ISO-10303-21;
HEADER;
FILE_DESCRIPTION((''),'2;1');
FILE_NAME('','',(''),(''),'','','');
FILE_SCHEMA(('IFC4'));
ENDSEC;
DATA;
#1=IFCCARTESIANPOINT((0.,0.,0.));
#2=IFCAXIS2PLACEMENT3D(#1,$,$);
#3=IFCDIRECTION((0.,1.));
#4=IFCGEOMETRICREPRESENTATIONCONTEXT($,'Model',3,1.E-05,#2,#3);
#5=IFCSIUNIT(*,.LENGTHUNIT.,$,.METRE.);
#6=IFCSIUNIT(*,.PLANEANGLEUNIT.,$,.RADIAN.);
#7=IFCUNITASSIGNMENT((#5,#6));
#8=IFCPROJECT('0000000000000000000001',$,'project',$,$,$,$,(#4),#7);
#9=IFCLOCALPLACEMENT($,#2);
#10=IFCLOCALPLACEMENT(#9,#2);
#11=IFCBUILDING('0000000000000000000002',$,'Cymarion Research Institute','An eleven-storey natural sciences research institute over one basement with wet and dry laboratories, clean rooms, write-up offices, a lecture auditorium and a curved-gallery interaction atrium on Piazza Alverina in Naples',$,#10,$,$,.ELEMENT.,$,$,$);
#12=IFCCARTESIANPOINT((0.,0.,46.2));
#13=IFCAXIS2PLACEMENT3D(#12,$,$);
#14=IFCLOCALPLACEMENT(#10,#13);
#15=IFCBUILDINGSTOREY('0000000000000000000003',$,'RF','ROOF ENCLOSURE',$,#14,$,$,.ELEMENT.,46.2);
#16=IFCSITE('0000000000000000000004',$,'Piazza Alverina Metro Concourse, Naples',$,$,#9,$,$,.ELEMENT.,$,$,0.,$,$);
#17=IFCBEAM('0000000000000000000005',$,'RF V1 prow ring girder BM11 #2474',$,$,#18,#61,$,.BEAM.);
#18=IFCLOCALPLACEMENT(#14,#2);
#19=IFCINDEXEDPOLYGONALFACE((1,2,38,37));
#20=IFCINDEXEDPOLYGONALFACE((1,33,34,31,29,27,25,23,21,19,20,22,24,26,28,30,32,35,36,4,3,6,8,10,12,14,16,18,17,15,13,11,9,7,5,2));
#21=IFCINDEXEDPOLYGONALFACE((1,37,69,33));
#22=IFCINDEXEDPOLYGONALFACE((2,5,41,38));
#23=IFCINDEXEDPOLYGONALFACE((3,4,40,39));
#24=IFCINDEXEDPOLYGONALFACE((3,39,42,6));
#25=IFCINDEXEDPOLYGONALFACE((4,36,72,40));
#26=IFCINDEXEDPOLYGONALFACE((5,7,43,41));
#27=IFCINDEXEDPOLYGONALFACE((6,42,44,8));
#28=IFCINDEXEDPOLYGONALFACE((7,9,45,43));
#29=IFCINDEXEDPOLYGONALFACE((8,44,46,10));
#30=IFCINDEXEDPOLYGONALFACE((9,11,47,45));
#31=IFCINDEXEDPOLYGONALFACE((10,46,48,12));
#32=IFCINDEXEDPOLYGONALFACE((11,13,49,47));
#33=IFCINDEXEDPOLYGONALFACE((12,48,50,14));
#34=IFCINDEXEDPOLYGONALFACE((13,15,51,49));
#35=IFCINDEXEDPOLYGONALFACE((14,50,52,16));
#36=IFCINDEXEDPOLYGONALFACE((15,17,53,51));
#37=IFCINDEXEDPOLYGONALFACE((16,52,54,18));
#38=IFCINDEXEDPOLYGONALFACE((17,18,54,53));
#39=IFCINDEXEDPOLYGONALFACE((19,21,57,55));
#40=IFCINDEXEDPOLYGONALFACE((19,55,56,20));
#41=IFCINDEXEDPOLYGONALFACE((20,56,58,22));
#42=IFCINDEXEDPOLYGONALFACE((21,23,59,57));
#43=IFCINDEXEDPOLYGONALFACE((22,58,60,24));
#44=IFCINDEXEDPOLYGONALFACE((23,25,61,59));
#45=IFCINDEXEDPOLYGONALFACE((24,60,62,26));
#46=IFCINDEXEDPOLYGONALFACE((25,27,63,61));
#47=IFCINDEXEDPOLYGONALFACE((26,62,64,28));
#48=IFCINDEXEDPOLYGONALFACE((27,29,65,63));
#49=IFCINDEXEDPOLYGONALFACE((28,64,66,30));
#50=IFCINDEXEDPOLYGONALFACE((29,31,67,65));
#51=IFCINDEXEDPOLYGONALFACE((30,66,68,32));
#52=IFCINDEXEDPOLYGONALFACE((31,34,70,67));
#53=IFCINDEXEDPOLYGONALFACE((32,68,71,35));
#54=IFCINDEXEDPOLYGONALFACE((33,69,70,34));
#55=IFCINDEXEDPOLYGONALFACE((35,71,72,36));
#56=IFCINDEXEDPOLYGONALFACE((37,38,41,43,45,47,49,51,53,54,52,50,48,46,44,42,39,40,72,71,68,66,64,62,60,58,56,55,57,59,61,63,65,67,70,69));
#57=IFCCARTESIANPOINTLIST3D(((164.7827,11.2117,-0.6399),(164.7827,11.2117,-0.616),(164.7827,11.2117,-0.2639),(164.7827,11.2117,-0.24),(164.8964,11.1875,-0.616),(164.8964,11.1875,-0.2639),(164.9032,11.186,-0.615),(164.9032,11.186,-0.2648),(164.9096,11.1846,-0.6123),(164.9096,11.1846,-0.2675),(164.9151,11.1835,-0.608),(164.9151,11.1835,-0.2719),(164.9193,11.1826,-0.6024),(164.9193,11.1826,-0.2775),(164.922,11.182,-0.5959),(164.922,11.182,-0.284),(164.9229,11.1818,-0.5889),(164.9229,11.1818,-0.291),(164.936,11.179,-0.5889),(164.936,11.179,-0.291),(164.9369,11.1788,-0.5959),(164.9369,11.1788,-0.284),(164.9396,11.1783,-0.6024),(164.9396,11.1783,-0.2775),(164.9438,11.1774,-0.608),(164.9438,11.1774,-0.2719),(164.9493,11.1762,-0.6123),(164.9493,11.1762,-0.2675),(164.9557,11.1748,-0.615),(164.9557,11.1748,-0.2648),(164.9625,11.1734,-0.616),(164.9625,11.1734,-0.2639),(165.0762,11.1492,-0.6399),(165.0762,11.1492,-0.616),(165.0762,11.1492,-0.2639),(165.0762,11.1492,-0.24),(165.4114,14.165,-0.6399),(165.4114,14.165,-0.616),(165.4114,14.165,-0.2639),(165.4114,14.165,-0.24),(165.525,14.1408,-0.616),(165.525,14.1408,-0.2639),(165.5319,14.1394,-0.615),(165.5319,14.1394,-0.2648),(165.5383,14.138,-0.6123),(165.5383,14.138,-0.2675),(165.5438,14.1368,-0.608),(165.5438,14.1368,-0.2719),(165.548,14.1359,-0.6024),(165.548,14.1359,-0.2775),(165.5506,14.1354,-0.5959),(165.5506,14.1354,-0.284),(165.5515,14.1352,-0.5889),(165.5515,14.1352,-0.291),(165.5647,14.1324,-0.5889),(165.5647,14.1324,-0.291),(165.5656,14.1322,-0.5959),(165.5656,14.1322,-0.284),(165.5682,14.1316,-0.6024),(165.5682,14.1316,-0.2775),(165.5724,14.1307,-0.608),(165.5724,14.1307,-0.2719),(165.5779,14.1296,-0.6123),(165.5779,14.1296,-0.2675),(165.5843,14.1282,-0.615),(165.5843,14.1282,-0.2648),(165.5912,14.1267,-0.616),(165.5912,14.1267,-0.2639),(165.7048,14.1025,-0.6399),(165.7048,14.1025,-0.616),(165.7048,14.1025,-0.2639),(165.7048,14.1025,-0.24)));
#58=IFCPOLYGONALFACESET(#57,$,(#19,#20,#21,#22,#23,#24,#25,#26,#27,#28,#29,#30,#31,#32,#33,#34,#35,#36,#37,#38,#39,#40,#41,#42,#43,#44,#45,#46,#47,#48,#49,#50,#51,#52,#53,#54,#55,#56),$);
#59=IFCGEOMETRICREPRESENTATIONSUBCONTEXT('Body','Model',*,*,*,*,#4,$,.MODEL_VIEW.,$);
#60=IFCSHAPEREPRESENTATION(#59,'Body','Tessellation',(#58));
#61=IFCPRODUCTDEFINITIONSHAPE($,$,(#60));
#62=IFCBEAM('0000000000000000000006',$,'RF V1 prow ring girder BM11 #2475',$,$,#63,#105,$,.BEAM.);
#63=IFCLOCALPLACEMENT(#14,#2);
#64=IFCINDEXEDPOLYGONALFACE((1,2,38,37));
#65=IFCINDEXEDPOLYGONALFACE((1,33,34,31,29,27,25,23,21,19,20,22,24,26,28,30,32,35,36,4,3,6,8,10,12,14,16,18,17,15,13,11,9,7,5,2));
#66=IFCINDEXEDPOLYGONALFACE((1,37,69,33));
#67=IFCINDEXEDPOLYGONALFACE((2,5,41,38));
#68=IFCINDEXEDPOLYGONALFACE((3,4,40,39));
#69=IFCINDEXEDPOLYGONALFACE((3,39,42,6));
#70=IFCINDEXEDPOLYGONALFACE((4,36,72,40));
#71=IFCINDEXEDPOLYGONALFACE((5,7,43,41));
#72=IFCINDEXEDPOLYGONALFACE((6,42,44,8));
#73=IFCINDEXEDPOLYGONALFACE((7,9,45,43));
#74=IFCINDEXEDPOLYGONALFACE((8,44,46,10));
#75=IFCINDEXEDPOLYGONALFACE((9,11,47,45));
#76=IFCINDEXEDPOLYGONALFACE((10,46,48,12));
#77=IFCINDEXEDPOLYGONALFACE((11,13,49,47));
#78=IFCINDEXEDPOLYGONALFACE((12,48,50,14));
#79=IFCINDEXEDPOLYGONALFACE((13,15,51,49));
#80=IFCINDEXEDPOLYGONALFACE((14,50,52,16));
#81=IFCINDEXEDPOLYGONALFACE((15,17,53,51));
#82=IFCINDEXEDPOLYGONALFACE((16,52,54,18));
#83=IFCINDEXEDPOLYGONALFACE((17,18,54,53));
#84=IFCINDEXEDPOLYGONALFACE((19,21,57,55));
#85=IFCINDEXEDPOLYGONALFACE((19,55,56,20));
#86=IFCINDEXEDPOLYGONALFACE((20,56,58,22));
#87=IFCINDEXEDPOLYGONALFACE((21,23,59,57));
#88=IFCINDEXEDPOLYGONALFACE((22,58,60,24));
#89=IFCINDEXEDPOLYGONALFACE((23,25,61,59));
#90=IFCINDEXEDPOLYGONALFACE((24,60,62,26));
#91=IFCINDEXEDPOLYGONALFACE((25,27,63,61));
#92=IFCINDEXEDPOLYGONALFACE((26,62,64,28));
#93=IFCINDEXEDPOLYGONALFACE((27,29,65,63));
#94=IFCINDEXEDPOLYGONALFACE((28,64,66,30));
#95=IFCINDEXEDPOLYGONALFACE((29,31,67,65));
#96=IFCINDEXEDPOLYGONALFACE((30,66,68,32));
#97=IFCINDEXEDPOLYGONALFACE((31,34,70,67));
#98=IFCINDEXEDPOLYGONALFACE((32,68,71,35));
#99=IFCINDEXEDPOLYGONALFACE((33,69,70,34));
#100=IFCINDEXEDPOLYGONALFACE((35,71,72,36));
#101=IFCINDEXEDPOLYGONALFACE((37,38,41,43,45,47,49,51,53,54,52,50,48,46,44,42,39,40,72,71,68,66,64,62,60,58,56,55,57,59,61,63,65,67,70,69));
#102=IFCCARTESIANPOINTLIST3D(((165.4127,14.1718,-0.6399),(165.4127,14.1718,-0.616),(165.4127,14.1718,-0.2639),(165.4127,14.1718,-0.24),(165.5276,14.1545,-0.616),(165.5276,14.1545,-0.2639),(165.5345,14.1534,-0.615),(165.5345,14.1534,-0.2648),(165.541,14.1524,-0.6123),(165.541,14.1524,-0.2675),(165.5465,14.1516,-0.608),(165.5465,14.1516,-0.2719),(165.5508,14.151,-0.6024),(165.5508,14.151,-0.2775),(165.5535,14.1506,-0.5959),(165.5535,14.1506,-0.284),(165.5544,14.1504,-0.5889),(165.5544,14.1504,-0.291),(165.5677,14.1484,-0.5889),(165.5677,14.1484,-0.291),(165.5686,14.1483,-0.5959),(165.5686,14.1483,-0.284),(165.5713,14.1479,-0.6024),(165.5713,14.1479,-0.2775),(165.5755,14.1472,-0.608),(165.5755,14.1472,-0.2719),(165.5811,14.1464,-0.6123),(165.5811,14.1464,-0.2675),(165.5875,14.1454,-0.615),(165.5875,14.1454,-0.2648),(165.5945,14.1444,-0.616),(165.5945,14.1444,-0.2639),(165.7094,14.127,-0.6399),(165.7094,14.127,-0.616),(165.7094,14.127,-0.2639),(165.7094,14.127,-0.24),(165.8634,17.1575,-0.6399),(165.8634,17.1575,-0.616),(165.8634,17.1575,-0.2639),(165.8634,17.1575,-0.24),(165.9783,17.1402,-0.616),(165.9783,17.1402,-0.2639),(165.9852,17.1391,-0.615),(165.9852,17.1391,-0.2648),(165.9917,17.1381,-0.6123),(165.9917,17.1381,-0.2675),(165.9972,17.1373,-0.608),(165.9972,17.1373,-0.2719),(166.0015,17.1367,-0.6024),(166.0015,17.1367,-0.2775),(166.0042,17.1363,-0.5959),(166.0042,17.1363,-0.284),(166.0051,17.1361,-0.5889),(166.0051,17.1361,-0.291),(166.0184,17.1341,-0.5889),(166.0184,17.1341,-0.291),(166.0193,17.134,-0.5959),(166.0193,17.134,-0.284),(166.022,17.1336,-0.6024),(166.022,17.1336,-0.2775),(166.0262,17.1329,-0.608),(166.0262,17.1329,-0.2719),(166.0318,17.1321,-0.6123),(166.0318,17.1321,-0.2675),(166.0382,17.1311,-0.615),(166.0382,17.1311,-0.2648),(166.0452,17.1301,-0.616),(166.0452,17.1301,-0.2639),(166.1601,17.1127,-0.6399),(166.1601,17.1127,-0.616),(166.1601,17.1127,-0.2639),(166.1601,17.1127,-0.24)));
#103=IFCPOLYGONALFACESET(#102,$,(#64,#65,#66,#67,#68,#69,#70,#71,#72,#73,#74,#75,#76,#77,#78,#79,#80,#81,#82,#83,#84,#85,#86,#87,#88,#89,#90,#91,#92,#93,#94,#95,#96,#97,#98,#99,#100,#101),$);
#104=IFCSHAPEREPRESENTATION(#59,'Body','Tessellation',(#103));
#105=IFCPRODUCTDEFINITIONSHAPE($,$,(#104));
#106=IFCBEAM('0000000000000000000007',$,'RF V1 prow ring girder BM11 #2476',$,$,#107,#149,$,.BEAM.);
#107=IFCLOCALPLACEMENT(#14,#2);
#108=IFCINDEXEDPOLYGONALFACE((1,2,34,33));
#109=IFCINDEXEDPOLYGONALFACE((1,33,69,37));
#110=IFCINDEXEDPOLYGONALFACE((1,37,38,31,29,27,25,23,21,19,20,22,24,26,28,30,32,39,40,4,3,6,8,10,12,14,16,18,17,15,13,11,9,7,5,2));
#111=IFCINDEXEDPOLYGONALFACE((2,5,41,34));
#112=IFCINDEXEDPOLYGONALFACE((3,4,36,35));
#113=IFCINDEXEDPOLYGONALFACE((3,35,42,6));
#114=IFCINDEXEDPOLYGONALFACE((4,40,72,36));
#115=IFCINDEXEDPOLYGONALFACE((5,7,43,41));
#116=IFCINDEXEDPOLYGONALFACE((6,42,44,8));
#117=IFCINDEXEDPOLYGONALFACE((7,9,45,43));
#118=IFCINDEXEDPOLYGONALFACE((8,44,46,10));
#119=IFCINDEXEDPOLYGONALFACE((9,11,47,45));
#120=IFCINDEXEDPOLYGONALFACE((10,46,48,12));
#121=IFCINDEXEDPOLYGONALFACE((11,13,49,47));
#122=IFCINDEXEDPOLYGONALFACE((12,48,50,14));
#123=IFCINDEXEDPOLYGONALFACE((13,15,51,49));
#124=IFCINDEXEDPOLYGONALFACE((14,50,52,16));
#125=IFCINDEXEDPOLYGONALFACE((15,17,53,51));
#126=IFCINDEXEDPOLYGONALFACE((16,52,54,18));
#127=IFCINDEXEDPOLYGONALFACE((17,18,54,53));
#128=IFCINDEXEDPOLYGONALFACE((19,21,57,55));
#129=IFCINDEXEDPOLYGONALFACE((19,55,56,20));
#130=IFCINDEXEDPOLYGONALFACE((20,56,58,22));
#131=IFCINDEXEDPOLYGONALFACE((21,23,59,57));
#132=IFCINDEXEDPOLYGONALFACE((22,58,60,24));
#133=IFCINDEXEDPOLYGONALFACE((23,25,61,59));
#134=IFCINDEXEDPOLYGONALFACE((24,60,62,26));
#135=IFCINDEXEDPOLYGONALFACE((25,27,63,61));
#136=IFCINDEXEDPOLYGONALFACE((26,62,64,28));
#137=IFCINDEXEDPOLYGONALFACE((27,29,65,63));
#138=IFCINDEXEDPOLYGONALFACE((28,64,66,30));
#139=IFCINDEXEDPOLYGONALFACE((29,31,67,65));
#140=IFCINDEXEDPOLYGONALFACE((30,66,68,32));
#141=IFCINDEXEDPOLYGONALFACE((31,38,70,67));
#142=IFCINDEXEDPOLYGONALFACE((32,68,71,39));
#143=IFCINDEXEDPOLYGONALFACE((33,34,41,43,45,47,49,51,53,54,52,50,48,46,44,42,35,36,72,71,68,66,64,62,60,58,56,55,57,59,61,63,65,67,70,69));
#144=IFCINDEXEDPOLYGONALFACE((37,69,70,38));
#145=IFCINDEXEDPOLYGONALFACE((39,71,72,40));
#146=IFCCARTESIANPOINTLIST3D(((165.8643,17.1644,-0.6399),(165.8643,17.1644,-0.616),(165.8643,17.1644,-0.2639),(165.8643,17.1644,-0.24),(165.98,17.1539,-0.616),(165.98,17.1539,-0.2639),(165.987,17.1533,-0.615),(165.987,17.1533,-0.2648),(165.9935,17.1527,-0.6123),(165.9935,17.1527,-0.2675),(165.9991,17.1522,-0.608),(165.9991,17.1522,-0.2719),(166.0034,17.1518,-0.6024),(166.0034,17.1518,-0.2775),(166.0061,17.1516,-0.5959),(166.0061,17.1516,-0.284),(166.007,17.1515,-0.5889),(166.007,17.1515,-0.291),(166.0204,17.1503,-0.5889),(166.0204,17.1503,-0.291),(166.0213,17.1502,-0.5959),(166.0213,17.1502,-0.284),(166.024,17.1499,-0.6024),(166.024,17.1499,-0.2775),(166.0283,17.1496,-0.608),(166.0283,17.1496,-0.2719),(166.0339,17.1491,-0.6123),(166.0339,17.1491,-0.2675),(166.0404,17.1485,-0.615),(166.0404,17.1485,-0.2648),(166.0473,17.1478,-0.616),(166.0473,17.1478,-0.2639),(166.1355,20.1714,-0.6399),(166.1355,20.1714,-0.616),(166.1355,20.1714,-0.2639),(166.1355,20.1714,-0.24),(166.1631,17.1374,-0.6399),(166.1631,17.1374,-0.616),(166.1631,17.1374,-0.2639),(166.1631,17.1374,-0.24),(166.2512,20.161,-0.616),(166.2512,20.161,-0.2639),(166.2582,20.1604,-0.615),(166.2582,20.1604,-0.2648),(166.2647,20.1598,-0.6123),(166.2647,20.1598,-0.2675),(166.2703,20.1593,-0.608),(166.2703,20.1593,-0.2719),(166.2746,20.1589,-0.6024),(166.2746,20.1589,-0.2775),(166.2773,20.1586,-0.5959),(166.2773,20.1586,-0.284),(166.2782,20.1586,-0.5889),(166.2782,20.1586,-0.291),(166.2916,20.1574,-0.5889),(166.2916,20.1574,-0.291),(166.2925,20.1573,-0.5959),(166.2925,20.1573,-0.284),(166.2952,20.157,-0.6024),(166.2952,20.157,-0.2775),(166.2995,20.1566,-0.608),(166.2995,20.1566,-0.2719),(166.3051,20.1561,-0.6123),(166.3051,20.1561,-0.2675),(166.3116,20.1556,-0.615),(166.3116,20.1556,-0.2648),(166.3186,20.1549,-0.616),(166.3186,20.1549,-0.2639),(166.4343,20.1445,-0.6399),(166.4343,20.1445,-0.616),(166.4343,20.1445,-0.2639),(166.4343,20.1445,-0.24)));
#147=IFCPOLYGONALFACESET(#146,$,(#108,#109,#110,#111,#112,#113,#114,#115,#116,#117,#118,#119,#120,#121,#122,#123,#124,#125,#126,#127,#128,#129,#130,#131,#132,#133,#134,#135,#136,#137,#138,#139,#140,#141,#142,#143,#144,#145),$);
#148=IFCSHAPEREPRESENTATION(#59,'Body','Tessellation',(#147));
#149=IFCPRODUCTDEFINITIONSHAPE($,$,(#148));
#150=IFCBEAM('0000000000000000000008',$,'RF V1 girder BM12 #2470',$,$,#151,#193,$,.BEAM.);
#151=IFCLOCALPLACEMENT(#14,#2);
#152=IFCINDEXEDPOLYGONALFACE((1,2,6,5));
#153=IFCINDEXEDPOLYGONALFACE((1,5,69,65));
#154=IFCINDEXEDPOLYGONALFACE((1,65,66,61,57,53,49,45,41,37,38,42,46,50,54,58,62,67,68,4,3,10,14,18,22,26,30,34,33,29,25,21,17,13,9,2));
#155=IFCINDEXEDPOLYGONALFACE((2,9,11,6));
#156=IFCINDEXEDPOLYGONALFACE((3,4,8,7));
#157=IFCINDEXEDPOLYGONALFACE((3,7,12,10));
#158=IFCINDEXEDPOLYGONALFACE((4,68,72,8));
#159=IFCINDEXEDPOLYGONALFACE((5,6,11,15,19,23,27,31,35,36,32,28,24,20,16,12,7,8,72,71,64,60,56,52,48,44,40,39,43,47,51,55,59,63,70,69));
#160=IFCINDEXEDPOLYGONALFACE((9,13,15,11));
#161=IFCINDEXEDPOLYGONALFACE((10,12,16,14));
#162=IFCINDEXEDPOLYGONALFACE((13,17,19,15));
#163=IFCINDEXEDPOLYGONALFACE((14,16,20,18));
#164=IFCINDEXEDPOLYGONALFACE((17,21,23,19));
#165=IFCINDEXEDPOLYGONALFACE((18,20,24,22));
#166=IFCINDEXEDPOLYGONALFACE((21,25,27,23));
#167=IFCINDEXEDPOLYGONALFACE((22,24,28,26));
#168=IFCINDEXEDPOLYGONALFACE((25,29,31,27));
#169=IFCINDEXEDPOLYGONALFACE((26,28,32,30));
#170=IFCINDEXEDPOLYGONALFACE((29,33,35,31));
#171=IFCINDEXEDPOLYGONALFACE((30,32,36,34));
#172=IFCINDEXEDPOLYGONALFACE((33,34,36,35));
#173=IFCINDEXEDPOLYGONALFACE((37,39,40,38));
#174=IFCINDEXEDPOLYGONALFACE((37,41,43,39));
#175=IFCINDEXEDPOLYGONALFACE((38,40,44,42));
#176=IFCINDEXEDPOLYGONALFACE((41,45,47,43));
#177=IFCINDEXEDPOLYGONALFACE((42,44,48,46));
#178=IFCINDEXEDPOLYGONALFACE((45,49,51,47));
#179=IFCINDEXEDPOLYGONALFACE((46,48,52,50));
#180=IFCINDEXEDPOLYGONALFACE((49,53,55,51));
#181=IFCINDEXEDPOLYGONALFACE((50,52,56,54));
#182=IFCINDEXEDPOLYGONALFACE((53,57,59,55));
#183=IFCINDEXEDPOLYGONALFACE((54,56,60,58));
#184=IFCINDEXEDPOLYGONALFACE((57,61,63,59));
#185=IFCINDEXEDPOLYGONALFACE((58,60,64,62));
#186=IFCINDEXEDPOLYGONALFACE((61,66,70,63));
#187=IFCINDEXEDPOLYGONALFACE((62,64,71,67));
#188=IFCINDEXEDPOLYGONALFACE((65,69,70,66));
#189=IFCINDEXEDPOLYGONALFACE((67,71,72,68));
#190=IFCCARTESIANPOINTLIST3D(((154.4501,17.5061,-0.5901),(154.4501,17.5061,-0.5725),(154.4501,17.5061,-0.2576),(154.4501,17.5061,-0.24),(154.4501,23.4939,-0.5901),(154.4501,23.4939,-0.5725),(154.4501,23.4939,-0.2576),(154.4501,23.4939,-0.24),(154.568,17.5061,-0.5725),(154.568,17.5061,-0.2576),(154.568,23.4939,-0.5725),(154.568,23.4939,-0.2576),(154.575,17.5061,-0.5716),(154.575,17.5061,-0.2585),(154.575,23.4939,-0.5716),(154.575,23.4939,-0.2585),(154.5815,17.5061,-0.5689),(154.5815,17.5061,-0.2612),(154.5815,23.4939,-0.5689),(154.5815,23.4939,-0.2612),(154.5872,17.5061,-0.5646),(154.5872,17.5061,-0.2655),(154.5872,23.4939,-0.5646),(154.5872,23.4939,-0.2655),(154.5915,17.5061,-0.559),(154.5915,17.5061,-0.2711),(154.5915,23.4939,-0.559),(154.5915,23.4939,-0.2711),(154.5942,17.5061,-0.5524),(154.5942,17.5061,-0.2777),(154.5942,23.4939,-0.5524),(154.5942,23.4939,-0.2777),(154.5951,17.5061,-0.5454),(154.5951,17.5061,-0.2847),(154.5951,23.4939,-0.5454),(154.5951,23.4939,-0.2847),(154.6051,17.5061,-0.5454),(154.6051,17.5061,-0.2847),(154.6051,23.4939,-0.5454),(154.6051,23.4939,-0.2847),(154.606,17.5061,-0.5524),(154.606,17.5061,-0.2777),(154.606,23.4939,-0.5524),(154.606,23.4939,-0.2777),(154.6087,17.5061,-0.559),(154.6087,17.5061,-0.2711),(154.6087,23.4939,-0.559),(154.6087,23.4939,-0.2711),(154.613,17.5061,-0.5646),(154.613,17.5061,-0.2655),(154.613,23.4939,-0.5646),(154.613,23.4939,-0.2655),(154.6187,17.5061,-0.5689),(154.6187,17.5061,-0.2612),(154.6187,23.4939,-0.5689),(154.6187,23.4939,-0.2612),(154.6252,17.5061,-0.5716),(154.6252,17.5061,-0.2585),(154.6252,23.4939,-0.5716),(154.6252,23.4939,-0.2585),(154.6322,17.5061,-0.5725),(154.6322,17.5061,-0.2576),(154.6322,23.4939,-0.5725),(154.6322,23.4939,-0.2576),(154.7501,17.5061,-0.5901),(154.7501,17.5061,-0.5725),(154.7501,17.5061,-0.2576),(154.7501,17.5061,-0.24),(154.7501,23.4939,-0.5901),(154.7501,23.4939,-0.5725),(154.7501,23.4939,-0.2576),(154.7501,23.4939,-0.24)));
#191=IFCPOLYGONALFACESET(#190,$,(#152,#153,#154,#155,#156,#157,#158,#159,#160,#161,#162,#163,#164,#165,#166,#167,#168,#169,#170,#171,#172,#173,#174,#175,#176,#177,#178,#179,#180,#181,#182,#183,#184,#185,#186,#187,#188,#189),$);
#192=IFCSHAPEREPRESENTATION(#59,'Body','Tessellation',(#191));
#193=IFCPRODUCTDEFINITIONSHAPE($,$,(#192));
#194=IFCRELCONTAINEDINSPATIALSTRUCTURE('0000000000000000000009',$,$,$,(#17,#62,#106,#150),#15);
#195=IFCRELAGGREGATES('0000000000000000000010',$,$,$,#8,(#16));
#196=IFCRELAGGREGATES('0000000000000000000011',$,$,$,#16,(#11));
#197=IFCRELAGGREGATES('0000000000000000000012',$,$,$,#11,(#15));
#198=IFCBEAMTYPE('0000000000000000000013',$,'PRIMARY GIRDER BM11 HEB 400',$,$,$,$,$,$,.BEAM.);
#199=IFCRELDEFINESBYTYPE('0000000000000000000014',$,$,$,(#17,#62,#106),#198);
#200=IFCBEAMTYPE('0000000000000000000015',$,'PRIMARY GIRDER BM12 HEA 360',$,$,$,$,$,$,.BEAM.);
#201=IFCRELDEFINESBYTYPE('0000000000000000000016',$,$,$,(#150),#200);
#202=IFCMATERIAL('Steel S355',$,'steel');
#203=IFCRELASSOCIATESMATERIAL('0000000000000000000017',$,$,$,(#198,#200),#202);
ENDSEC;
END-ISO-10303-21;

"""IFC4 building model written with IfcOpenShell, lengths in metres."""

from ifc_helpers import new_model, si_unit, direction, frame, origin, origin_2d, place, context, subcontext, project, spatial, i_section, extrude, material, material_profile, profile_set, type_object, element, save


model = new_model("IFC4")

# Units and contexts
model_context = context("Model", 3, precision=1e-05, world=origin(), true_north=direction((0.0, 1.0)))
body_context = subcontext(model_context, "Body", "Model", "MODEL_VIEW")
ifc_project = project(units=[si_unit("LENGTHUNIT", "METRE"), si_unit("PLANEANGLEUNIT", "RADIAN")], contexts=[model_context])

# Site, building, storey
site_placement = place(None, origin())
site = spatial("IfcSite", under=ifc_project, at=site_placement, Name="Piazza Alverina Metro Concourse, Naples", CompositionType="ELEMENT", RefElevation=0.0)
building_placement = place(site_placement, origin())
building = spatial("IfcBuilding", under=site, at=building_placement, Name="Cymarion Research Institute", Description="An eleven-storey natural sciences research institute over one basement with wet and dry laboratories, clean rooms, write-up offices, a lecture auditorium and a curved-gallery interaction atrium on Piazza Alverina in Naples", CompositionType="ELEMENT")
storey_placement = place(building_placement, frame((0.0, 0.0, 46.2)))
storey = spatial("IfcBuildingStorey", under=building, at=storey_placement, Name="RF", Description="ROOF ENCLOSURE", CompositionType="ELEMENT", Elevation=46.2)

# Beams
ifc_material_1 = material(Name="Steel S355", Category="steel")
ifc_material_profile_1 = material_profile(ifc_material_1, i_section(OverallWidth=0.3, OverallDepth=0.3999, WebThickness=0.0134, FlangeThickness=0.0239, FilletRadius=0.0271, at=origin_2d()), Name="HEB 400")
ifc_profile_set_1 = profile_set([ifc_material_profile_1], Name="Steel S355")
beam_type_1 = type_object("IfcBeamType", Name="PRIMARY GIRDER BM11 HEB 400", PredefinedType="BEAM", material=ifc_profile_set_1)
for number, where, z_axis, x_axis, name in (
    (1, (164.9294, 11.1804, -0.4399), (0.208198, 0.978087, 0.0), (-0.978087, 0.208198, 0.0), "RF V1 prow ring girder BM11 #2474"),
    (2, (165.561, 14.1494, -0.4399), (0.149262, 0.988798, 0.0), (-0.988798, 0.149262, 0.0), "RF V1 prow ring girder BM11 #2475"),
):
    element("IfcBeam", number, at=place(storey_placement, frame(where, z_axis=z_axis, x_axis=x_axis)), inside=storey, type_object=beam_type_1, Name=name, PredefinedType="BEAM", context=body_context, shape_type="SweptSolid", body=[
        extrude(i_section(OverallWidth=0.3, OverallDepth=0.3999, WebThickness=0.0134, FlangeThickness=0.0239, FilletRadius=0.0271, at=origin_2d()), origin(), (0.0, 0.0, 1.0), 3.0195),
    ])
beam_1_placement = place(storey_placement, frame((166.0137, 17.1509, -0.4399), z_axis=(0.089836, 0.995957, 0.0), x_axis=(-0.995957, 0.089836, 0.0)))
element("IfcBeam", 3, at=beam_1_placement, inside=storey, type_object=beam_type_1, Name="RF V1 prow ring girder BM11 #2476", PredefinedType="BEAM", context=body_context, shape_type="SweptSolid", body=[
    extrude(i_section(OverallWidth=0.3, OverallDepth=0.3999, WebThickness=0.0134, FlangeThickness=0.0239, FilletRadius=0.0271, at=origin_2d()), origin(), (0.0, 0.0, 1.0), 3.0193),
])
ifc_material_profile_2 = material_profile(ifc_material_1, i_section(OverallWidth=0.3, OverallDepth=0.3501, WebThickness=0.01, FlangeThickness=0.0176, FilletRadius=0.0271, at=origin_2d()), Name="HEA 360")
ifc_profile_set_2 = profile_set([ifc_material_profile_2], Name="Steel S355")
beam_type_2 = type_object("IfcBeamType", Name="PRIMARY GIRDER BM12 HEA 360", PredefinedType="BEAM", material=ifc_profile_set_2)
for number, where, z_axis, x_axis, name in (
    (4, (154.6001, 17.5061, -0.415), (0.0, 1.0, 0.0), (-1.0, 0.0, 0.0), "RF V1 girder BM12 #2470"),
):
    element("IfcBeam", number, at=place(storey_placement, frame(where, z_axis=z_axis, x_axis=x_axis)), inside=storey, type_object=beam_type_2, Name=name, PredefinedType="BEAM", context=body_context, shape_type="SweptSolid", body=[
        extrude(i_section(OverallWidth=0.3, OverallDepth=0.3501, WebThickness=0.01, FlangeThickness=0.0176, FilletRadius=0.0271, at=origin_2d()), origin(), (0.0, 0.0, 1.0), 5.9878),
    ])

save(model, "model.ifc")
